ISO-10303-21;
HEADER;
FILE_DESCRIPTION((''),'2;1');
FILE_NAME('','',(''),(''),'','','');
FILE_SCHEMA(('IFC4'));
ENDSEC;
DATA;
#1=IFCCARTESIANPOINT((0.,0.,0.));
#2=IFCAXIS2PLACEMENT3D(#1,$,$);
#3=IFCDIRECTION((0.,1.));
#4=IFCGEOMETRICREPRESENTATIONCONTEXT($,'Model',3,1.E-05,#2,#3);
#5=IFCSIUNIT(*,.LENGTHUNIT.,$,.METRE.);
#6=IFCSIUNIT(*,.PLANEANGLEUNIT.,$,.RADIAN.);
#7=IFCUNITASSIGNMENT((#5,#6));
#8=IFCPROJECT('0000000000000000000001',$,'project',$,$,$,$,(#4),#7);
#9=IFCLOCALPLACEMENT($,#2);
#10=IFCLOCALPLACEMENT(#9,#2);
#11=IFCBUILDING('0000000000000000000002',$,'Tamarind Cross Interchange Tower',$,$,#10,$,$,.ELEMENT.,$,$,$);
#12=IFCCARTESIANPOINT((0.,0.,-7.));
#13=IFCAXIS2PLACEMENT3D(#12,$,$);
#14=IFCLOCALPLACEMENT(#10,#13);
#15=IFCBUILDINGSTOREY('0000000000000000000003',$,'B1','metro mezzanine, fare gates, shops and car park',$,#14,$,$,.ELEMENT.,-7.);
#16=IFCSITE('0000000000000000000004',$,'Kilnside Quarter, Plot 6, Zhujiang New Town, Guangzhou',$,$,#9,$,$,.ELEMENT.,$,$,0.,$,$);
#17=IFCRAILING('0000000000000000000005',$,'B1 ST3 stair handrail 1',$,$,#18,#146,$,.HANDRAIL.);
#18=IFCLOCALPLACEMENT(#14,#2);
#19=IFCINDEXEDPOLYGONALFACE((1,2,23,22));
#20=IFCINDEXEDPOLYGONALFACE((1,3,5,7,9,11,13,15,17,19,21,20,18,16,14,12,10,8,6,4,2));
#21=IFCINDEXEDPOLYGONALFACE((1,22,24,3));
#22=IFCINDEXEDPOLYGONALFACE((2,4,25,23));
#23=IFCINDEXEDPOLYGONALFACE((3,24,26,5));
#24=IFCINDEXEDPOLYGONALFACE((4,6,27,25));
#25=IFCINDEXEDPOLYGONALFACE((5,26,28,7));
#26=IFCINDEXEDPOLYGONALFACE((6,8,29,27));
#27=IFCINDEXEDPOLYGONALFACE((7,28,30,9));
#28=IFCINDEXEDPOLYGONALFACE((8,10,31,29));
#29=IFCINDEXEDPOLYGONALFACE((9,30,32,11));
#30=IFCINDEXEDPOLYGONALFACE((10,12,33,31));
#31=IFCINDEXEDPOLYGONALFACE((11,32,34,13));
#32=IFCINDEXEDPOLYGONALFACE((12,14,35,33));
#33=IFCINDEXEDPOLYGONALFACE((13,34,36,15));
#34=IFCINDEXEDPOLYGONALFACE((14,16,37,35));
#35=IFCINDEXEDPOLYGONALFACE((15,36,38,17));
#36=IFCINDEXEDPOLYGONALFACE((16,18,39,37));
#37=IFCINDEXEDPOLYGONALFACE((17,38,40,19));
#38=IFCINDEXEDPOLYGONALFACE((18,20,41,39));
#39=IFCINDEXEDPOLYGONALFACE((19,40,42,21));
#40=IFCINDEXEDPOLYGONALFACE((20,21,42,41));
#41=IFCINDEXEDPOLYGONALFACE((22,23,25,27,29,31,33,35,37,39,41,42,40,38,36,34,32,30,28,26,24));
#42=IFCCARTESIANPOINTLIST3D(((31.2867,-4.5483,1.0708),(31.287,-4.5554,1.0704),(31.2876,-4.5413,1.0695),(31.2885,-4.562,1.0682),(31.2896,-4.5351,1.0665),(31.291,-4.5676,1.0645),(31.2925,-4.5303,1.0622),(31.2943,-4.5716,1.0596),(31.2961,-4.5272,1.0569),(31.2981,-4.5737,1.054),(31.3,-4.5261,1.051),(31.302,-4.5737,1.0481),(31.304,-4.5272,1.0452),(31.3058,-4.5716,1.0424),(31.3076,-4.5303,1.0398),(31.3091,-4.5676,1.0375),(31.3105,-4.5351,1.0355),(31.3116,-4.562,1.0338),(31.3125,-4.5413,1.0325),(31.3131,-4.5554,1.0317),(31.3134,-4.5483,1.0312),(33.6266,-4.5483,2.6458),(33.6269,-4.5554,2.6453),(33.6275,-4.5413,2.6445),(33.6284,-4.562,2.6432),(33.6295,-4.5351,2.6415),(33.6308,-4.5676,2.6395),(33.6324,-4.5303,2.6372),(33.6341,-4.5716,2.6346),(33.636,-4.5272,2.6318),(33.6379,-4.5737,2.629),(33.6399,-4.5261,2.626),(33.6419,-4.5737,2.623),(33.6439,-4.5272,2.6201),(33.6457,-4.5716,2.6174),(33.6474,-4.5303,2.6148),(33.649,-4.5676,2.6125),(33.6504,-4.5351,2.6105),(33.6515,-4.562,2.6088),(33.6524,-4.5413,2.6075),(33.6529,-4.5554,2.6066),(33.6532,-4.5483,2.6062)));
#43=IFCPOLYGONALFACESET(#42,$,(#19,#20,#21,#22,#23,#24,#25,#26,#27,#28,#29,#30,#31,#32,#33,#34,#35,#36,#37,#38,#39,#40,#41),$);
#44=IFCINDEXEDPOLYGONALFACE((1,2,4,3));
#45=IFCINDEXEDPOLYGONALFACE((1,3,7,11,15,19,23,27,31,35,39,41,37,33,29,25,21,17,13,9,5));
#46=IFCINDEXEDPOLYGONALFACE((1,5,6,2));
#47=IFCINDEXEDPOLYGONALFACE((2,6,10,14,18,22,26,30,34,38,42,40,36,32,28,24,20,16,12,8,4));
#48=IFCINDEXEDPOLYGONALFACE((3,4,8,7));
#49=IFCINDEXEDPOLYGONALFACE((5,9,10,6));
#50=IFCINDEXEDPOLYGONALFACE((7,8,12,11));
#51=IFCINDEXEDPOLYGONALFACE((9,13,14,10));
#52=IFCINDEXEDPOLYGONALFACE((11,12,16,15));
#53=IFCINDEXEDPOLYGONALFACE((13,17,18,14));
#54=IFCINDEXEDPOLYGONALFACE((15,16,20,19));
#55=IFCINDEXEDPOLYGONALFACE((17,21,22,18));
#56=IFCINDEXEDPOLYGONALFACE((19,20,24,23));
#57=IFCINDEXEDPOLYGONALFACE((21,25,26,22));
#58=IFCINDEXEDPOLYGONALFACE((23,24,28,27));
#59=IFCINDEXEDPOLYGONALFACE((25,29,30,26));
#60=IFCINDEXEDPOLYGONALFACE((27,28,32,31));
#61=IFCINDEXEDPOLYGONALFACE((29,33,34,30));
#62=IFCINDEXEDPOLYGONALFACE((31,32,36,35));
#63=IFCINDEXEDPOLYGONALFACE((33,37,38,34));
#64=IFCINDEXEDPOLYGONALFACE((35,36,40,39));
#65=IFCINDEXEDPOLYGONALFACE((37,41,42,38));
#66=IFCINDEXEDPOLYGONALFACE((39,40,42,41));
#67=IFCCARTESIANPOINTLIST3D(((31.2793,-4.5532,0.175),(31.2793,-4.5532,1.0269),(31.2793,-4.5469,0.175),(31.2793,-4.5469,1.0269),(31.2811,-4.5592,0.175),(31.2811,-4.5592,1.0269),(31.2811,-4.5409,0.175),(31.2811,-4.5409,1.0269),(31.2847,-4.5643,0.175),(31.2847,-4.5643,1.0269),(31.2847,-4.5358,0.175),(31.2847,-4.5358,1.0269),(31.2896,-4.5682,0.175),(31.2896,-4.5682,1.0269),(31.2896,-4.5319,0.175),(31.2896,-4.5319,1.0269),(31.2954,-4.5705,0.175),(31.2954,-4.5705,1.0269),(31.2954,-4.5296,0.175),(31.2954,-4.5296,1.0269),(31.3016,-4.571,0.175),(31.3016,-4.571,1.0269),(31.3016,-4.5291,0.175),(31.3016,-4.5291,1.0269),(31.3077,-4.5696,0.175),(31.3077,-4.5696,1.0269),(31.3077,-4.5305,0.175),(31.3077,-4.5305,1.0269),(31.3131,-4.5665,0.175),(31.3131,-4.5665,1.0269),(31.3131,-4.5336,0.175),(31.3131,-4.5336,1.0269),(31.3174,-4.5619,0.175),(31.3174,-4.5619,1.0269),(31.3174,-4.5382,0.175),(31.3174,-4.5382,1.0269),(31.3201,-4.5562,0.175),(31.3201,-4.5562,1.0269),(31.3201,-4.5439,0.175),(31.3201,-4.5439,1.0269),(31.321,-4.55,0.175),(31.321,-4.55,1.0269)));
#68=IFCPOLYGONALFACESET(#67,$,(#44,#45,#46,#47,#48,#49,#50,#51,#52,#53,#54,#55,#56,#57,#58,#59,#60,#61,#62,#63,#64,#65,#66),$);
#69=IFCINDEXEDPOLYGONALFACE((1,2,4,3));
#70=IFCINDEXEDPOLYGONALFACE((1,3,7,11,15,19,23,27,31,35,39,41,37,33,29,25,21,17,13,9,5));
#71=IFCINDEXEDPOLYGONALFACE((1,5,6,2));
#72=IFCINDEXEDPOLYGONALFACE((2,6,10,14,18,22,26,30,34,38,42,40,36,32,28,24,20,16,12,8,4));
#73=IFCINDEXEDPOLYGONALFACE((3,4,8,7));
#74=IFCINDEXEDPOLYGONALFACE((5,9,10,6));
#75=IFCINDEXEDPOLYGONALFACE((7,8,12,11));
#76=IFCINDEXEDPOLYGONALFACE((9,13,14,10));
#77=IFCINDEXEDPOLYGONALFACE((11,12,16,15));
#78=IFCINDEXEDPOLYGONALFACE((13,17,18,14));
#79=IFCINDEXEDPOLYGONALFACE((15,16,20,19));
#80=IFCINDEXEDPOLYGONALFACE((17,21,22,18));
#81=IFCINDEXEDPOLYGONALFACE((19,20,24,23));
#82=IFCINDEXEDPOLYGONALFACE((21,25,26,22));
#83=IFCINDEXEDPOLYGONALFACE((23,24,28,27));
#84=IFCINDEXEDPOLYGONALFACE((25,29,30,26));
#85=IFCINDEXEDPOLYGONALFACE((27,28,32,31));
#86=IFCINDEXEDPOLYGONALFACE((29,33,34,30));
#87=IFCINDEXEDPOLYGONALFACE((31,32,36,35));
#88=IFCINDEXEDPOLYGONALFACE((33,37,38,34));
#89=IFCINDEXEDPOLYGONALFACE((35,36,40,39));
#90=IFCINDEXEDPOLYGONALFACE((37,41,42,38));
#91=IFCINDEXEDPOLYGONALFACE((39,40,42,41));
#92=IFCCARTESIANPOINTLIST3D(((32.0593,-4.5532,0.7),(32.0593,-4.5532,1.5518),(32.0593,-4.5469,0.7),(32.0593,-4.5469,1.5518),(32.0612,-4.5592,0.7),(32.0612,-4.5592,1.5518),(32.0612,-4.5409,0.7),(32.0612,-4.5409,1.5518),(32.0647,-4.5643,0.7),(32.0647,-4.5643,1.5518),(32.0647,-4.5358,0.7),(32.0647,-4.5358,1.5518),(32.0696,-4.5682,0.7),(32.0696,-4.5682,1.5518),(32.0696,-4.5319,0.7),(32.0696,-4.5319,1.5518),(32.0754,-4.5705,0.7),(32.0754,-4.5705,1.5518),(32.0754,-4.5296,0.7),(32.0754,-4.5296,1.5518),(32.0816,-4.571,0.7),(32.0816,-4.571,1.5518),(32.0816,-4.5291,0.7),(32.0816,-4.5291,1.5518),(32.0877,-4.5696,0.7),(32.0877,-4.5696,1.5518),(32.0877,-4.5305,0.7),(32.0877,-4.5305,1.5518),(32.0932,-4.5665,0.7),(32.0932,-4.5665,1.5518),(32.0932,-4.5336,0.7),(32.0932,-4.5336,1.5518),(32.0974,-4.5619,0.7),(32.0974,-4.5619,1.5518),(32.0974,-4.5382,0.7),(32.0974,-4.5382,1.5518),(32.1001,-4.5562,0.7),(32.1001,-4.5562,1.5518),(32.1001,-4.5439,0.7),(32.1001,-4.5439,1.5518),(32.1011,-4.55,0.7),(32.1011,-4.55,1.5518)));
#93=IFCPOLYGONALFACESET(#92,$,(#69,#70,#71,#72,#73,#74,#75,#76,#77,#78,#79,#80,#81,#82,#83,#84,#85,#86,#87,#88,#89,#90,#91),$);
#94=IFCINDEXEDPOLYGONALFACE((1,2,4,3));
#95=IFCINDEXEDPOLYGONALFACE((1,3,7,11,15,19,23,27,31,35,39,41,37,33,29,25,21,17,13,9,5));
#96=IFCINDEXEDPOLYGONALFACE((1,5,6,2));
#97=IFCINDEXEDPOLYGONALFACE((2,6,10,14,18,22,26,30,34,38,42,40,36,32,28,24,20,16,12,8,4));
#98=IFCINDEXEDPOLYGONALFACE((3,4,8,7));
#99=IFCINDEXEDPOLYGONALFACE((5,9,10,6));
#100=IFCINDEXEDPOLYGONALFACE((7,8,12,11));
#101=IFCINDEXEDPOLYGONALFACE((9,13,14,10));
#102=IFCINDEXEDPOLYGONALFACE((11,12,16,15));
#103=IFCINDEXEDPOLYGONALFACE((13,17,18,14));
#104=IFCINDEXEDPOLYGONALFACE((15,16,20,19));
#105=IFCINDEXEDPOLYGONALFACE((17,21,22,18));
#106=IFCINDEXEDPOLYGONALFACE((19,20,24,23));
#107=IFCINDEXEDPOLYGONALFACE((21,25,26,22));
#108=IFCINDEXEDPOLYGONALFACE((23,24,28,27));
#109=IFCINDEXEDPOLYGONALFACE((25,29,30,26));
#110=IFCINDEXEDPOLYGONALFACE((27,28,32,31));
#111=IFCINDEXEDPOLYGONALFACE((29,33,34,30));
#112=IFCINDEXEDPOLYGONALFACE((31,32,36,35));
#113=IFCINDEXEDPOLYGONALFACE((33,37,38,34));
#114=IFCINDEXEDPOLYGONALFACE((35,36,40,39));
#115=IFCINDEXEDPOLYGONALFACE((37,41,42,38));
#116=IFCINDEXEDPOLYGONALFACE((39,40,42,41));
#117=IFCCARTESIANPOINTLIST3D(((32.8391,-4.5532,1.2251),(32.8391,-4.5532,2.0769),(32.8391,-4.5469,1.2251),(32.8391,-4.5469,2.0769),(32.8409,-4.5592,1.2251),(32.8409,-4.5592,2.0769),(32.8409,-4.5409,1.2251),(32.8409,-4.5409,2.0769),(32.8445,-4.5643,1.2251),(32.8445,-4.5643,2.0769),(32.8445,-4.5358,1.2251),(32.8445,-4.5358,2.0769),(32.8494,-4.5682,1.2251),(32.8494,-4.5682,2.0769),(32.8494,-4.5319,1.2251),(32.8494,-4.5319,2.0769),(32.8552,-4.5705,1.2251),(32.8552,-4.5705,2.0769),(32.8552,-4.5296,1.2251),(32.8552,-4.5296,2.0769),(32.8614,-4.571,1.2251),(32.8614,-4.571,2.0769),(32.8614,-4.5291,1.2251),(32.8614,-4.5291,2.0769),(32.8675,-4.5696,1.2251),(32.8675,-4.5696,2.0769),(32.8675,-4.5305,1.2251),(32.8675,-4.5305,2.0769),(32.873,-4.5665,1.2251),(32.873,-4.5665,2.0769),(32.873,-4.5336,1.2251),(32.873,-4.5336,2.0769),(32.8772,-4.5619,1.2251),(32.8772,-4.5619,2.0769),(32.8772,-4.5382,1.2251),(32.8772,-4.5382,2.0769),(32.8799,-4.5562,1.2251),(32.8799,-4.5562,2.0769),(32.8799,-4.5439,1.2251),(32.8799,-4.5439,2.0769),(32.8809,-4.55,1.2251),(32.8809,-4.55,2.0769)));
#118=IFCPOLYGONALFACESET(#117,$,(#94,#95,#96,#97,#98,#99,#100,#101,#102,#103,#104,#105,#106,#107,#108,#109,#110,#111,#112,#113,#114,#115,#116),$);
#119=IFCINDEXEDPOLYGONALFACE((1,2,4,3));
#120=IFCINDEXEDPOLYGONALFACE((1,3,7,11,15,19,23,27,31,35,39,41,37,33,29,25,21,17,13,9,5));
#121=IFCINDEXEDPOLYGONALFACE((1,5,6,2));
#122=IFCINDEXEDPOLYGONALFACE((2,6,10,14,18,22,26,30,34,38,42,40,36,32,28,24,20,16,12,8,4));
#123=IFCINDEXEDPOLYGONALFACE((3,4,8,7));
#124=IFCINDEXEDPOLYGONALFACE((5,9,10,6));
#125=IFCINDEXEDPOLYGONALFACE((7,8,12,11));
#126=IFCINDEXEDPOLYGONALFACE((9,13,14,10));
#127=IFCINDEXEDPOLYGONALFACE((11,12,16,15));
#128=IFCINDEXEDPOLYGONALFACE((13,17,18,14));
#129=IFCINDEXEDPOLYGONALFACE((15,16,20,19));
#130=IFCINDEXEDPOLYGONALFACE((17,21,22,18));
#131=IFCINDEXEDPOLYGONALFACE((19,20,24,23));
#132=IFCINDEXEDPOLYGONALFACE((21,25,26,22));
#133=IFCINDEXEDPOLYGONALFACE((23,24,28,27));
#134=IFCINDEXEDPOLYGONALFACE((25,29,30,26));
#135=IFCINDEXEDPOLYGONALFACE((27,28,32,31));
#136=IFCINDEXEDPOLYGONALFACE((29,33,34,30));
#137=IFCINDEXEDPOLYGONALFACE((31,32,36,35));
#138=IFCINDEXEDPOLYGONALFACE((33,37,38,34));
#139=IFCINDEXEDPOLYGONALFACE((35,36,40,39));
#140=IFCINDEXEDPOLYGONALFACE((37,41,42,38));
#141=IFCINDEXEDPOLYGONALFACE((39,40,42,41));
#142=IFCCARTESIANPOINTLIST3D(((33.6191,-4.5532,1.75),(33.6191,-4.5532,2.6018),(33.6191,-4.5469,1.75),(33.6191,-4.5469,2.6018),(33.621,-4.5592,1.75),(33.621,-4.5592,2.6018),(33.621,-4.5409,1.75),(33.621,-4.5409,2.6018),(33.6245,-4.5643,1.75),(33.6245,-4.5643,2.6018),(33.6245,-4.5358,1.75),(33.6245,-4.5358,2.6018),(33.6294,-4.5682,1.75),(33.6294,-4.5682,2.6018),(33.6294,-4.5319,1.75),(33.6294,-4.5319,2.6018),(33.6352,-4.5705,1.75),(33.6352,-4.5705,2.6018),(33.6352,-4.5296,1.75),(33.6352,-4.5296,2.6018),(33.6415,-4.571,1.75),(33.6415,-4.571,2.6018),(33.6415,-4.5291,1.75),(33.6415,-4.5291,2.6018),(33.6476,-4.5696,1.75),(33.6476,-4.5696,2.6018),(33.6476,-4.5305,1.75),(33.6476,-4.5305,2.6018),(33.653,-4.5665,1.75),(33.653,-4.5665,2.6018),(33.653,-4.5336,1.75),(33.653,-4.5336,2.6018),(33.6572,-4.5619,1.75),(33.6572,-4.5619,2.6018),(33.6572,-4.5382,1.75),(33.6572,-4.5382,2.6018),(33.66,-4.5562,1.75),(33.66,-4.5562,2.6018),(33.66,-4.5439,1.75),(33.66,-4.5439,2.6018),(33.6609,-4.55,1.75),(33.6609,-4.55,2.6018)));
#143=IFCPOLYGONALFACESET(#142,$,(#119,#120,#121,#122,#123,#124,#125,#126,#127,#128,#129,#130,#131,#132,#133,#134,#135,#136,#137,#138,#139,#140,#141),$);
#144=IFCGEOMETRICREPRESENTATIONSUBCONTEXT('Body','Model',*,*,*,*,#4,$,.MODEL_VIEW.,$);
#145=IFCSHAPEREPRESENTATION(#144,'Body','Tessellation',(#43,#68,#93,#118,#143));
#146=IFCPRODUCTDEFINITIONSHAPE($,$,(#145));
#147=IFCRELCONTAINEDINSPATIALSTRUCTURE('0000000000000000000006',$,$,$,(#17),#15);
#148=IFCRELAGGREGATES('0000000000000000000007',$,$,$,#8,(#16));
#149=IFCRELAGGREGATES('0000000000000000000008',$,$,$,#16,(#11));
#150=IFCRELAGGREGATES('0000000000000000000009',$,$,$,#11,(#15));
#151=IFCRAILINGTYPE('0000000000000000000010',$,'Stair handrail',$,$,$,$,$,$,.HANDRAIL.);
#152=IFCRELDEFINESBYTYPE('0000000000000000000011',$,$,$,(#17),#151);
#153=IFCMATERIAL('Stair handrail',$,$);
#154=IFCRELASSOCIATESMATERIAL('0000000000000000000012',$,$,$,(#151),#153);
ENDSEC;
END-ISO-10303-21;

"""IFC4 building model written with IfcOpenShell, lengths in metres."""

from ifc_helpers import new_model, si_unit, direction, frame, origin, origin_2d, place, context, subcontext, project, spatial, circle, extrude, material, type_object, element, save


model = new_model("IFC4")

# Units and contexts
model_context = context("Model", 3, precision=1e-05, world=origin(), true_north=direction((0.0, 1.0)))
body_context = subcontext(model_context, "Body", "Model", "MODEL_VIEW")
ifc_project = project(units=[si_unit("LENGTHUNIT", "METRE"), si_unit("PLANEANGLEUNIT", "RADIAN")], contexts=[model_context])

# Site, building, storey
site_placement = place(None, origin())
site = spatial("IfcSite", under=ifc_project, at=site_placement, Name="Kilnside Quarter, Plot 6, Zhujiang New Town, Guangzhou", CompositionType="ELEMENT", RefElevation=0.0)
building_placement = place(site_placement, origin())
building = spatial("IfcBuilding", under=site, at=building_placement, Name="Tamarind Cross Interchange Tower", CompositionType="ELEMENT")
storey_placement = place(building_placement, frame((0.0, 0.0, -7.0)))
storey = spatial("IfcBuildingStorey", under=building, at=storey_placement, Name="B1", Description="metro mezzanine, fare gates, shops and car park", CompositionType="ELEMENT", Elevation=-7.0)

# Railing
ifc_material_1 = material(Name="Stair handrail")
railing_type_1 = type_object("IfcRailingType", Name="Stair handrail", PredefinedType="HANDRAIL", material=ifc_material_1)
railing_1_placement = place(storey_placement, frame((31.3, -4.55, 0.175)))
element("IfcRailing", 1, at=railing_1_placement, inside=storey, type_object=railing_type_1, Name="B1 ST3 stair handrail 1", PredefinedType="HANDRAIL", context=body_context, shape_type="SweptSolid", body=[
    extrude(circle(Radius=0.0239, at=origin_2d()), frame((0.0, 0.0, 0.876), z_axis=(0.829578, 0.0, 0.55839), x_axis=(0.0, 1.0, 0.0)), (0.0, 0.0, 1.0), 2.8206),
    extrude(circle(Radius=0.021, at=origin_2d()), origin(), (0.0, 0.0, 1.0), 0.8518),
    extrude(circle(Radius=0.021, at=origin_2d()), frame((0.78, 0.0, 0.5249)), (0.0, 0.0, 1.0), 0.8518),
    extrude(circle(Radius=0.021, at=origin_2d()), frame((1.5598, 0.0, 1.05)), (0.0, 0.0, 1.0), 0.8518),
    extrude(circle(Radius=0.021, at=origin_2d()), frame((2.3398, 0.0, 1.575)), (0.0, 0.0, 1.0), 0.8518),
])

save(model, "model.ifc")
